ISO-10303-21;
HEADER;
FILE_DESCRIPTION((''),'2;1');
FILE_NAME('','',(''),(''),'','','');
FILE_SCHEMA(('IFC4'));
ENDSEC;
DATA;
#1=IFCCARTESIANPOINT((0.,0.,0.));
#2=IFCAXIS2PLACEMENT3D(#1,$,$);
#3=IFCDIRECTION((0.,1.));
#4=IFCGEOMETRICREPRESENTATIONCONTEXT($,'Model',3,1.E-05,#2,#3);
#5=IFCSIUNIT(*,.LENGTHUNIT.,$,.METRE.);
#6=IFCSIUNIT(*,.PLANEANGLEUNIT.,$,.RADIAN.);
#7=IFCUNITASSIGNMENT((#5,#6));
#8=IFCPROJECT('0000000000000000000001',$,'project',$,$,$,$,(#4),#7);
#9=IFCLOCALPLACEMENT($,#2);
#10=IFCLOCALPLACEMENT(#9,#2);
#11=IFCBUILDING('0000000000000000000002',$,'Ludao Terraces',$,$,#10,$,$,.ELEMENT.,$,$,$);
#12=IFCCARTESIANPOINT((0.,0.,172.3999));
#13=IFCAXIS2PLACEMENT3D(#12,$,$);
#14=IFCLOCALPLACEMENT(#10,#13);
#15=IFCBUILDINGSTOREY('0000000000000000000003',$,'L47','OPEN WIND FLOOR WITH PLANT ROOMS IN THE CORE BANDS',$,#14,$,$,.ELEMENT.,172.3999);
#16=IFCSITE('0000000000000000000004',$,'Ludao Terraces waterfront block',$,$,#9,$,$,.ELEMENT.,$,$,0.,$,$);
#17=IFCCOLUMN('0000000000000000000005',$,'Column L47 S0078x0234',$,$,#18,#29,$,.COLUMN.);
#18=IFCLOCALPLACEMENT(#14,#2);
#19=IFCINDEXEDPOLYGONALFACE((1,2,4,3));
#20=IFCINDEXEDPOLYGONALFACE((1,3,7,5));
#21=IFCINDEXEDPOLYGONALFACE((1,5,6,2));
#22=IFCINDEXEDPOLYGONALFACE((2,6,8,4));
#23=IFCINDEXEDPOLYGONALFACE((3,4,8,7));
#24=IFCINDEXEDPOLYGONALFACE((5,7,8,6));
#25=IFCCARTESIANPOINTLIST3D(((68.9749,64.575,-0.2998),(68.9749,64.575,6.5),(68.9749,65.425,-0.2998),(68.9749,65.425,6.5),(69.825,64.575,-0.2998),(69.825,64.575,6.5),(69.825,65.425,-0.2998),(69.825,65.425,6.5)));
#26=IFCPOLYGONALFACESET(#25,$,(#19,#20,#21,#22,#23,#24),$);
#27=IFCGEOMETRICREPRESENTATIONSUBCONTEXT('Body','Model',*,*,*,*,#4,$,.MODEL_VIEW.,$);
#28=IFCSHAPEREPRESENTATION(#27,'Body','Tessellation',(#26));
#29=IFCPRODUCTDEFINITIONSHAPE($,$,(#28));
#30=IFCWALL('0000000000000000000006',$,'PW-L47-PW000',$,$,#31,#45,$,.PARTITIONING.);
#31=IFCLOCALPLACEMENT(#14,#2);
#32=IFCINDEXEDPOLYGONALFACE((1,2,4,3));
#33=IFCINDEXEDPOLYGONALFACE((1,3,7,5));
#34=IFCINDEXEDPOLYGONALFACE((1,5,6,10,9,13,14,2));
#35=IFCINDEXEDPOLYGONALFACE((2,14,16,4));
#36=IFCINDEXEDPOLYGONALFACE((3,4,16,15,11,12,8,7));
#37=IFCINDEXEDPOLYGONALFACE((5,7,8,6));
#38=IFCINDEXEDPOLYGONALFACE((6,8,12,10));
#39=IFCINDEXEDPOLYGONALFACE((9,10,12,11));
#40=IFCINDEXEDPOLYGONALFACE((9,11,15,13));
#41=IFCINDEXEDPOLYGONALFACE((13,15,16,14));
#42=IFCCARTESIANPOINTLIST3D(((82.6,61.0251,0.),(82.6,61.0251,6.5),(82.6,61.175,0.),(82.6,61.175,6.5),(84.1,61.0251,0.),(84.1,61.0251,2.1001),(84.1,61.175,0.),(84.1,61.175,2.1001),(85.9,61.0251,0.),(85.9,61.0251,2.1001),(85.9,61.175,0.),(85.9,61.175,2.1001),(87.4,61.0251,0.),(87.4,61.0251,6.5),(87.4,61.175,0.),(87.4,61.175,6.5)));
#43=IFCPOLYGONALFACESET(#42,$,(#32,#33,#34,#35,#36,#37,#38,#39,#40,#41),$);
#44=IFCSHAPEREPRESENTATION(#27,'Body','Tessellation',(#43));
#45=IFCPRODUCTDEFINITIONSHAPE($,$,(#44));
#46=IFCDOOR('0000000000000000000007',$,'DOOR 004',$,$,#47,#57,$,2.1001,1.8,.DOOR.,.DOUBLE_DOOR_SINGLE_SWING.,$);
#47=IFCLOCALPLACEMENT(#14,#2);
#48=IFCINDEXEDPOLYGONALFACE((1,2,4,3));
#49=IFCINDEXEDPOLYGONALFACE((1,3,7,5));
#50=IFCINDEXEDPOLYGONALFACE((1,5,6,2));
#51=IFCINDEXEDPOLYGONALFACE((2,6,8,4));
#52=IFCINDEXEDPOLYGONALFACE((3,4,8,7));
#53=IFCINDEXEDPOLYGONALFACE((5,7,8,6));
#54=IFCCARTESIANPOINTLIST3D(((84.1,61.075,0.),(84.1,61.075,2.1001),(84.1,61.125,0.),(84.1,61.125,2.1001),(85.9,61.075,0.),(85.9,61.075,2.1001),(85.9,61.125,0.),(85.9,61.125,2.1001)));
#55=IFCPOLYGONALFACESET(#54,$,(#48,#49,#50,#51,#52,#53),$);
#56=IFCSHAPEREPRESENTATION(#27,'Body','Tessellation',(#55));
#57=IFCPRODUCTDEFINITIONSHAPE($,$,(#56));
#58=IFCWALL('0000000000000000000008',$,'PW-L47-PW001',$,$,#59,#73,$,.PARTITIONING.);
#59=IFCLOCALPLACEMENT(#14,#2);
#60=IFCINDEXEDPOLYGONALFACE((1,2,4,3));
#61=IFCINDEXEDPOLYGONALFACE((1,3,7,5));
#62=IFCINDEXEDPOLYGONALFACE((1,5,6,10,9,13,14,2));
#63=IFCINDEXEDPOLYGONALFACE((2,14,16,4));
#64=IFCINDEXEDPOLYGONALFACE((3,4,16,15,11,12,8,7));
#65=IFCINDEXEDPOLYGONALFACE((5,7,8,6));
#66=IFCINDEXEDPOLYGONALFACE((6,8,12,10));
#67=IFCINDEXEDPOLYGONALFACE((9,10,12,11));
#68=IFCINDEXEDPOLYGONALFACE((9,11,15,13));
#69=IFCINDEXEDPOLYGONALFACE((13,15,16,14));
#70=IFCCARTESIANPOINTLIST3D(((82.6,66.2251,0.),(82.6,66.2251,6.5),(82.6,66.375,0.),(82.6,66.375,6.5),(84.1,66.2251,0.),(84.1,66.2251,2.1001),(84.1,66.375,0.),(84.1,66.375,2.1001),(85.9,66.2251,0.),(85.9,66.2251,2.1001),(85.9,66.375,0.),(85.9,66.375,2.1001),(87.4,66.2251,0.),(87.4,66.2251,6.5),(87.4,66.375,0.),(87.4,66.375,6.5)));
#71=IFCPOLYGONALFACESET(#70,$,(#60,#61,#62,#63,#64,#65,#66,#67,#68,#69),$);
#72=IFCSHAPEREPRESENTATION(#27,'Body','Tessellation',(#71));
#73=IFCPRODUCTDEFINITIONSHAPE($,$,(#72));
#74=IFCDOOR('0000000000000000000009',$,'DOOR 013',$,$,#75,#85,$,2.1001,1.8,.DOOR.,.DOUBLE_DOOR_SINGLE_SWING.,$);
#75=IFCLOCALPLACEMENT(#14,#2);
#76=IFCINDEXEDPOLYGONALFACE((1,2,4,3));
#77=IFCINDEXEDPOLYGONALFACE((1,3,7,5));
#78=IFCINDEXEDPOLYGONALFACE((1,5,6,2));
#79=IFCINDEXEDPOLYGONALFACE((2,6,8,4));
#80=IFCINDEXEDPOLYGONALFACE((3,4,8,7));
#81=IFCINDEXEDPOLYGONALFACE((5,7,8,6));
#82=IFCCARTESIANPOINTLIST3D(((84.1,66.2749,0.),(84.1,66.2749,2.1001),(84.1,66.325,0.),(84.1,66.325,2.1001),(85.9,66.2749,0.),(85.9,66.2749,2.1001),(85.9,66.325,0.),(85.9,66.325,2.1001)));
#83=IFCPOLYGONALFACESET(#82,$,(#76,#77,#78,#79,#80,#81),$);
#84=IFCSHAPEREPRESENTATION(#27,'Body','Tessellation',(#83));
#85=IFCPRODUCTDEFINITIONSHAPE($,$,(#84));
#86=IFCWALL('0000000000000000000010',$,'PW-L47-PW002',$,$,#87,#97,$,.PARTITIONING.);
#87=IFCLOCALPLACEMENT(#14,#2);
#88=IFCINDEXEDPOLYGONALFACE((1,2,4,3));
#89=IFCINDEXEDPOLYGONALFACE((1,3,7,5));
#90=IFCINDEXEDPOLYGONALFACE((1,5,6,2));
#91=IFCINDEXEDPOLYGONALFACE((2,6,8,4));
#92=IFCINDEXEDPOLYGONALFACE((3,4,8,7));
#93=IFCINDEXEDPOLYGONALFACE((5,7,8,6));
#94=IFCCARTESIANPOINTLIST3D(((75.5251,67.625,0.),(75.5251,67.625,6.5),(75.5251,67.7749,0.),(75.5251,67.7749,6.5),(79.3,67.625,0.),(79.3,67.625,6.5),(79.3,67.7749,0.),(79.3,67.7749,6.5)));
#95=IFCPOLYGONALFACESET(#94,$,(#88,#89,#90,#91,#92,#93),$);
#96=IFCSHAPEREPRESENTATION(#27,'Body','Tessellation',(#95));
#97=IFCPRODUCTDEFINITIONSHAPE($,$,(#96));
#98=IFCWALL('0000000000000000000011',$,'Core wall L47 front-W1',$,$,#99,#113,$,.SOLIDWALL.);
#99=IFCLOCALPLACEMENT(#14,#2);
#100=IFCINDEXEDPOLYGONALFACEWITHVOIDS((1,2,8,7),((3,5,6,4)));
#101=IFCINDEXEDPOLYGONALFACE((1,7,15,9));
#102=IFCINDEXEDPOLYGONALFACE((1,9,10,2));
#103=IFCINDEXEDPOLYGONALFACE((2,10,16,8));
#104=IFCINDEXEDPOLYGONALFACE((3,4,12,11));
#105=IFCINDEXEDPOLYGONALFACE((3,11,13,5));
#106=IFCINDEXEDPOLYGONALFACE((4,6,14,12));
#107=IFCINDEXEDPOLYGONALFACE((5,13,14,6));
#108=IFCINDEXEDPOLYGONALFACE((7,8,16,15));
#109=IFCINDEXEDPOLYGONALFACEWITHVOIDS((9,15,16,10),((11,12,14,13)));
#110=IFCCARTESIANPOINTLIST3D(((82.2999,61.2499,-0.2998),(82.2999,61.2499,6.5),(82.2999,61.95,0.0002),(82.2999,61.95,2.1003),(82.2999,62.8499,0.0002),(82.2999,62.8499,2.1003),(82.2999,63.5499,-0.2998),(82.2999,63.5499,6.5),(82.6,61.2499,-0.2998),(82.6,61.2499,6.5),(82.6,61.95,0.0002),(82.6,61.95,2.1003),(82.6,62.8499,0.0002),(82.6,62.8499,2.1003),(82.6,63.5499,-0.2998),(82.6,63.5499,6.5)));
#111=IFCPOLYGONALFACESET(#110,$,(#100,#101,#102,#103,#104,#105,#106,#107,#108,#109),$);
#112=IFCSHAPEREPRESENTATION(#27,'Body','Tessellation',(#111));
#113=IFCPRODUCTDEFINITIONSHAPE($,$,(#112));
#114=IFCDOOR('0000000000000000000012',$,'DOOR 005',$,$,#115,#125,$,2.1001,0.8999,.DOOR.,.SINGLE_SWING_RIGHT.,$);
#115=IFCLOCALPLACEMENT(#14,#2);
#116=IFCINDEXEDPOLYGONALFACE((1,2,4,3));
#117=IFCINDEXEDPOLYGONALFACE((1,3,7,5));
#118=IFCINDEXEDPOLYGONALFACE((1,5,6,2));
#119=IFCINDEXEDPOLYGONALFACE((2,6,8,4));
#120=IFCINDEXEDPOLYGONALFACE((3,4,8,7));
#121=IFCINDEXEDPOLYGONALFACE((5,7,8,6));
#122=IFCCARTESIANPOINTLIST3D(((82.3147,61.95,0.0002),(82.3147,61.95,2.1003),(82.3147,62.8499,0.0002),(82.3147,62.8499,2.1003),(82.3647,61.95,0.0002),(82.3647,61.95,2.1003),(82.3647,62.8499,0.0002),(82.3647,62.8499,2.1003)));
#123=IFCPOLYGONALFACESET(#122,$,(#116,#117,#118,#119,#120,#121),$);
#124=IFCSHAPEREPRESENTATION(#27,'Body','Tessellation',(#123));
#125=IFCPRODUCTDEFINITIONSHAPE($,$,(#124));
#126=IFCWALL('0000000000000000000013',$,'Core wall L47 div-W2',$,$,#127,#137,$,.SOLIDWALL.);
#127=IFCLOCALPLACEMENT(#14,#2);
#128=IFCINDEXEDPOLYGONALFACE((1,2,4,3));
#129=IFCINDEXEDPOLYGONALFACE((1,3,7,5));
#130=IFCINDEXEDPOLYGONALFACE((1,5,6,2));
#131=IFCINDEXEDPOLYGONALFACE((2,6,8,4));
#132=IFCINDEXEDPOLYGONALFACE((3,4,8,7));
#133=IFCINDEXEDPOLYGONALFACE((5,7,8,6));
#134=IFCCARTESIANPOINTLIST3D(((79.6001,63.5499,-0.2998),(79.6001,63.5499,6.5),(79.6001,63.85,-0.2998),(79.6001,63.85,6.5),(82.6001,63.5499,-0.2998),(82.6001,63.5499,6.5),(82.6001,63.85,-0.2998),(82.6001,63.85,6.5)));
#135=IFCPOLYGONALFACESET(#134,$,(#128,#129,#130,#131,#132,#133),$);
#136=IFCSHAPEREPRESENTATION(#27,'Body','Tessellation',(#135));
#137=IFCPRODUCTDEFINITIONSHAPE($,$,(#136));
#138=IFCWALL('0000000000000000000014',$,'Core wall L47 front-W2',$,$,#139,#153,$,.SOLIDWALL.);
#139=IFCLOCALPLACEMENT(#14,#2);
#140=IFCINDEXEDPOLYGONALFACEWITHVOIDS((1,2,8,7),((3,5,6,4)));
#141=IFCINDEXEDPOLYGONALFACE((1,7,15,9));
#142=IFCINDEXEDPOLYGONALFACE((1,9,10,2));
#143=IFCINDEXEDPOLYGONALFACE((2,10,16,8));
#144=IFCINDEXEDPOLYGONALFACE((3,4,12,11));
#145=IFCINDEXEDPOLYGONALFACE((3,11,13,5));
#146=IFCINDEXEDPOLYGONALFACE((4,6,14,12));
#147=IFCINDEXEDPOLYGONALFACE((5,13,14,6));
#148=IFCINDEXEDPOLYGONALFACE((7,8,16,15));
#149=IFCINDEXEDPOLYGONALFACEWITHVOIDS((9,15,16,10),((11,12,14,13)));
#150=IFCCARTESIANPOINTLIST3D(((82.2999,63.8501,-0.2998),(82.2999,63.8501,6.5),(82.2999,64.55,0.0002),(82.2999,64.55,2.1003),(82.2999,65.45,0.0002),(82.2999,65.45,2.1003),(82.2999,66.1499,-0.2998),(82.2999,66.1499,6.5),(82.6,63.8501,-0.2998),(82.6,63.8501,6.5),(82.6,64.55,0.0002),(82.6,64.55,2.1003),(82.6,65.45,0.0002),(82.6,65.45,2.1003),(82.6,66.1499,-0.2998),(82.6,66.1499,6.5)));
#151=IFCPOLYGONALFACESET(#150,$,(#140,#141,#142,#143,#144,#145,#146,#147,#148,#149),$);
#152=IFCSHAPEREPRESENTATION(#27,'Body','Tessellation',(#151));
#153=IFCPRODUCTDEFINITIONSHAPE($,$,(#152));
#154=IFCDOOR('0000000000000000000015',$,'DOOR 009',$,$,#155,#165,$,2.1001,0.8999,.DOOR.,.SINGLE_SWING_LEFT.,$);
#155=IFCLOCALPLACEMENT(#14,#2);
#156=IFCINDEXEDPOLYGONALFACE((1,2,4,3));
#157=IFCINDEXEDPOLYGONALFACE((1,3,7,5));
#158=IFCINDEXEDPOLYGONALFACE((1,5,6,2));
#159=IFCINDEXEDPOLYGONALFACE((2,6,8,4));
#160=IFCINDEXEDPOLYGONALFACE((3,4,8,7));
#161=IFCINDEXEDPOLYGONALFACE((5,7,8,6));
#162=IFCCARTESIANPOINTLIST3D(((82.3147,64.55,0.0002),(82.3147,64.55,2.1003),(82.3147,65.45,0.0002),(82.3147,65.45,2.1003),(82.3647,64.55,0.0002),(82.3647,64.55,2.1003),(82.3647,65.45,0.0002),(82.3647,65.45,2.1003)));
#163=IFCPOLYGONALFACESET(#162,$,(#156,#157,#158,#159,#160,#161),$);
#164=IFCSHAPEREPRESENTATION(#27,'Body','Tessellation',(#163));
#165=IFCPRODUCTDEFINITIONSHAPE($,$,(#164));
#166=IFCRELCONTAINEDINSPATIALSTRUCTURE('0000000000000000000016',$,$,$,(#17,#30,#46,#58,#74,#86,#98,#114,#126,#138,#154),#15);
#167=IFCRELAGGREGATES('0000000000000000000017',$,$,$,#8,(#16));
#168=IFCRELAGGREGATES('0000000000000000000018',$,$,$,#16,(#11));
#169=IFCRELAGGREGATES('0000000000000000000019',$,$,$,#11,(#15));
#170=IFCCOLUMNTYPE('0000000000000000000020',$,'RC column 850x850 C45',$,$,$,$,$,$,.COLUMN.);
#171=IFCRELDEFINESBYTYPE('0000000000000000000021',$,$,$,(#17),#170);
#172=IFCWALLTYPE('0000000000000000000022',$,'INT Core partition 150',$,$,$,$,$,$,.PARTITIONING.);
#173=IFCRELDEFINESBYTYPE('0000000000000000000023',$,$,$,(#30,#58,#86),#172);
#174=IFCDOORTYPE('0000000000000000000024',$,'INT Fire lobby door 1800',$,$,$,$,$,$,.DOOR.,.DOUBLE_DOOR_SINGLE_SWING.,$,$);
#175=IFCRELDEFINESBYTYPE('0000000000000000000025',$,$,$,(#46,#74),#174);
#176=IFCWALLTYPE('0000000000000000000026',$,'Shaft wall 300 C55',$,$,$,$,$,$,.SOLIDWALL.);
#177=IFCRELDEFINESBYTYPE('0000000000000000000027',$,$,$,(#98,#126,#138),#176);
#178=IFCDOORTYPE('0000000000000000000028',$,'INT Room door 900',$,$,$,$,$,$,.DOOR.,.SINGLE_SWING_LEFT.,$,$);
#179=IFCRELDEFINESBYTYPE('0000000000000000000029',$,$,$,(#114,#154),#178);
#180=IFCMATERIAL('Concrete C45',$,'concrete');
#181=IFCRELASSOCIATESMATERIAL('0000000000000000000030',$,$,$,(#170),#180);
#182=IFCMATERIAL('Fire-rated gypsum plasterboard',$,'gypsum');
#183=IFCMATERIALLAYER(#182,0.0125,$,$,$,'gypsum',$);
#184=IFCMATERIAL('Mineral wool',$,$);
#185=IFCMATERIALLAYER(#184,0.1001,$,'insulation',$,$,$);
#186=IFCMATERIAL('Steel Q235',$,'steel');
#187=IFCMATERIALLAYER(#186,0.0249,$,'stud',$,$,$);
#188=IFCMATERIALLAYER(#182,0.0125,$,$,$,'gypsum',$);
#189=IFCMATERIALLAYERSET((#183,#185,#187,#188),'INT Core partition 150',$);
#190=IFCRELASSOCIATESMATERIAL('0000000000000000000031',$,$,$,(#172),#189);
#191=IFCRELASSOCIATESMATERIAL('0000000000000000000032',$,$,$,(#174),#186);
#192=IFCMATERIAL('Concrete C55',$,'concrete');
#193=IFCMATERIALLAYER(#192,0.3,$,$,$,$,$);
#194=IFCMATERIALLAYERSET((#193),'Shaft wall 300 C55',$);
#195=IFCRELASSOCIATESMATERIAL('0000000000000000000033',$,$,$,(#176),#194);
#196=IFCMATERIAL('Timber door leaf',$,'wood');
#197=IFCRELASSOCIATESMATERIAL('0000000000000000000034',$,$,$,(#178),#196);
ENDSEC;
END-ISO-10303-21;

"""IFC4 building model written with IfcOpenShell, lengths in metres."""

from ifc_helpers import new_model, si_unit, direction, frame, frame_2d, origin, origin_2d, place, context, subcontext, project, spatial, rectangle, extrude, material, layer, layer_set, material_profile, profile_set, type_object, element, fill, save


model = new_model("IFC4")

# Units and contexts
model_context = context("Model", 3, precision=1e-05, world=origin(), true_north=direction((0.0, 1.0)))
body_context = subcontext(model_context, "Body", "Model", "MODEL_VIEW")
ifc_project = project(units=[si_unit("LENGTHUNIT", "METRE"), si_unit("PLANEANGLEUNIT", "RADIAN")], contexts=[model_context])

# Site, building, storey
site_placement = place(None, origin())
site = spatial("IfcSite", under=ifc_project, at=site_placement, Name="Ludao Terraces waterfront block", CompositionType="ELEMENT", RefElevation=0.0)
building_placement = place(site_placement, origin())
building = spatial("IfcBuilding", under=site, at=building_placement, Name="Ludao Terraces", CompositionType="ELEMENT")
storey_placement = place(building_placement, frame((0.0, 0.0, 172.3999)))
storey = spatial("IfcBuildingStorey", under=building, at=storey_placement, Name="L47", Description="OPEN WIND FLOOR WITH PLANT ROOMS IN THE CORE BANDS", CompositionType="ELEMENT", Elevation=172.3999)

# Column
ifc_material_1 = material(Name="Concrete C45", Category="concrete")
ifc_material_profile = material_profile(ifc_material_1, rectangle(XDim=0.8501, YDim=0.8501, at=origin_2d()), Name="850 X 850")
ifc_profile_set = profile_set([ifc_material_profile], Name="Concrete C45")
column_type = type_object("IfcColumnType", Name="RC column 850x850 C45", PredefinedType="COLUMN", material=ifc_profile_set)
column_placement = place(storey_placement, frame((69.3999, 65.0, -0.2998), z_axis=(0.0, 0.0, 1.0), x_axis=(1.0, 0.0, 0.0)))
element("IfcColumn", 1, at=column_placement, inside=storey, type_object=column_type, Name="Column L47 S0078x0234", PredefinedType="COLUMN", context=body_context, shape_type="SweptSolid", body=[
    extrude(rectangle(XDim=0.8501, YDim=0.8501, at=origin_2d()), origin(), (0.0, 0.0, 1.0), 6.7998),
])

# Walls, openings, doors
ifc_material_2 = material(Name="Fire-rated gypsum plasterboard", Category="gypsum")
ifc_layer_1 = layer(ifc_material_2, 0.0125, Category="gypsum")
ifc_material_3 = material(Name="Mineral wool")
ifc_layer_2 = layer(ifc_material_3, 0.1001, Name="insulation")
ifc_material_4 = material(Name="Steel Q235", Category="steel")
ifc_layer_3 = layer(ifc_material_4, 0.0249, Name="stud")
ifc_layer_4 = layer(ifc_material_2, 0.0125, Category="gypsum")
ifc_layer_set_1 = layer_set([ifc_layer_1, ifc_layer_2, ifc_layer_3, ifc_layer_4], Name="INT Core partition 150")
wall_type_1 = type_object("IfcWallType", Name="INT Core partition 150", PredefinedType="PARTITIONING", material=ifc_layer_set_1)
wall_1_placement = place(storey_placement, frame((82.6001, 61.1001, 0.0), z_axis=(0.0, 0.0, 1.0), x_axis=(1.0, 0.0, 0.0)))
wall_1 = element("IfcWall", 2, at=wall_1_placement, inside=storey, type_object=wall_type_1, Name="PW-L47-PW000", PredefinedType="PARTITIONING", context=body_context, shape_type="SweptSolid", body=[
    extrude(rectangle(XDim=4.8, YDim=0.1499, at=frame_2d((2.3999, 0.0))), origin(), (0.0, 0.0, 1.0), 6.5),
])
opening_1_placement = place(wall_1_placement, frame((1.5, 0.0, 0.0)))
opening_1 = element("IfcOpeningElement", 3, at=opening_1_placement, cuts=wall_1, PredefinedType="OPENING", context=body_context, shape_type="SweptSolid", body=[
    extrude(rectangle(XDim=1.8, YDim=2.1001, at=frame_2d((0.8999, 1.05))), frame((0.0, 0.085, 0.0), z_axis=(0.0, -1.0, 0.0), x_axis=(1.0, 0.0, 0.0)), (0.0, 0.0, 1.0), 0.1699),
])
door_type_1 = type_object("IfcDoorType", Name="INT Fire lobby door 1800", OperationType="DOUBLE_DOOR_SINGLE_SWING", PredefinedType="DOOR", material=ifc_material_4)
door_1_placement = place(opening_1_placement, origin())
door_1 = element("IfcDoor", 4, at=door_1_placement, inside=storey, type_object=door_type_1, Name="DOOR 004", OperationType="DOUBLE_DOOR_SINGLE_SWING", OverallHeight=2.1001, OverallWidth=1.8, PredefinedType="DOOR", context=body_context, shape_type="SweptSolid", body=[
    extrude(rectangle(XDim=1.8, YDim=2.1001, at=frame_2d((0.8999, 1.05))), frame((0.0, 0.0249, 0.0), z_axis=(0.0, -1.0, 0.0), x_axis=(1.0, 0.0, 0.0)), (0.0, 0.0, 1.0), 0.05),
])
fill(opening_1, door_1)
wall_2_placement = place(storey_placement, frame((82.6001, 66.3, 0.0), z_axis=(0.0, 0.0, 1.0), x_axis=(1.0, 0.0, 0.0)))
wall_2 = element("IfcWall", 5, at=wall_2_placement, inside=storey, type_object=wall_type_1, Name="PW-L47-PW001", PredefinedType="PARTITIONING", context=body_context, shape_type="SweptSolid", body=[
    extrude(rectangle(XDim=4.8, YDim=0.1499, at=frame_2d((2.3999, 0.0))), origin(), (0.0, 0.0, 1.0), 6.5),
])
opening_2_placement = place(wall_2_placement, frame((1.5, 0.0, 0.0)))
opening_2 = element("IfcOpeningElement", 6, at=opening_2_placement, cuts=wall_2, PredefinedType="OPENING", context=body_context, shape_type="SweptSolid", body=[
    extrude(rectangle(XDim=1.8, YDim=2.1001, at=frame_2d((0.8999, 1.05))), frame((0.0, 0.085, 0.0), z_axis=(0.0, -1.0, 0.0), x_axis=(1.0, 0.0, 0.0)), (0.0, 0.0, 1.0), 0.1699),
])
door_2_placement = place(opening_2_placement, origin())
door_2 = element("IfcDoor", 7, at=door_2_placement, inside=storey, type_object=door_type_1, Name="DOOR 013", OperationType="DOUBLE_DOOR_SINGLE_SWING", OverallHeight=2.1001, OverallWidth=1.8, PredefinedType="DOOR", context=body_context, shape_type="SweptSolid", body=[
    extrude(rectangle(XDim=1.8, YDim=2.1001, at=frame_2d((0.8999, 1.05))), frame((0.0, 0.0249, 0.0), z_axis=(0.0, -1.0, 0.0), x_axis=(1.0, 0.0, 0.0)), (0.0, 0.0, 1.0), 0.05),
])
fill(opening_2, door_2)

# Wall
wall_3_placement = place(storey_placement, frame((75.5251, 67.7, 0.0), z_axis=(0.0, 0.0, 1.0), x_axis=(1.0, 0.0, 0.0)))
element("IfcWall", 8, at=wall_3_placement, inside=storey, type_object=wall_type_1, Name="PW-L47-PW002", PredefinedType="PARTITIONING", context=body_context, shape_type="SweptSolid", body=[
    extrude(rectangle(XDim=3.7749, YDim=0.1499, at=frame_2d((1.8875, 0.0))), origin(), (0.0, 0.0, 1.0), 6.5),
])

# Wall, opening, door
ifc_material_5 = material(Name="Concrete C55", Category="concrete")
ifc_layer_5 = layer(ifc_material_5, 0.3)
ifc_layer_set_2 = layer_set([ifc_layer_5], Name="Shaft wall 300 C55")
wall_type_2 = type_object("IfcWallType", Name="Shaft wall 300 C55", PredefinedType="SOLIDWALL", material=ifc_layer_set_2)
wall_4_placement = place(storey_placement, frame((82.45, 61.25, -0.2998), z_axis=(0.0, 0.0, 1.0), x_axis=(0.0, 1.0, 0.0)))
wall_4 = element("IfcWall", 9, at=wall_4_placement, inside=storey, type_object=wall_type_2, Name="Core wall L47 front-W1", PredefinedType="SOLIDWALL", context=body_context, shape_type="SweptSolid", body=[
    extrude(rectangle(XDim=2.3, YDim=0.3, at=frame_2d((1.1499, 0.0))), origin(), (0.0, 0.0, 1.0), 6.7998),
])
opening_3_placement = place(wall_4_placement, frame((0.7, 0.0, 0.3)))
opening_3 = element("IfcOpeningElement", 10, at=opening_3_placement, cuts=wall_4, PredefinedType="OPENING", context=body_context, shape_type="SweptSolid", body=[
    extrude(rectangle(XDim=0.8999, YDim=2.1001, at=frame_2d((0.45, 1.05))), frame((0.0, 0.1602, 0.0), z_axis=(0.0, -1.0, 0.0), x_axis=(1.0, 0.0, 0.0)), (0.0, 0.0, 1.0), 0.3201),
])
ifc_material_6 = material(Name="Timber door leaf", Category="wood")
door_type_2 = type_object("IfcDoorType", Name="INT Room door 900", OperationType="SINGLE_SWING_LEFT", PredefinedType="DOOR", material=ifc_material_6)
door_3_placement = place(opening_3_placement, origin())
door_3 = element("IfcDoor", 11, at=door_3_placement, inside=storey, type_object=door_type_2, Name="DOOR 005", OperationType="SINGLE_SWING_RIGHT", OverallHeight=2.1001, OverallWidth=0.8999, PredefinedType="DOOR", context=body_context, shape_type="SweptSolid", body=[
    extrude(rectangle(XDim=0.8999, YDim=2.1001, at=frame_2d((0.45, 1.05))), frame((0.0, 0.1353, 0.0), z_axis=(0.0, -1.0, 0.0), x_axis=(1.0, 0.0, 0.0)), (0.0, 0.0, 1.0), 0.05),
])
fill(opening_3, door_3)

# Wall
wall_5_placement = place(storey_placement, frame((79.6001, 63.7, -0.2998), z_axis=(0.0, 0.0, 1.0), x_axis=(1.0, 0.0, 0.0)))
element("IfcWall", 12, at=wall_5_placement, inside=storey, type_object=wall_type_2, Name="Core wall L47 div-W2", PredefinedType="SOLIDWALL", context=body_context, shape_type="SweptSolid", body=[
    extrude(rectangle(XDim=3.0, YDim=0.3, at=frame_2d((1.5, 0.0))), origin(), (0.0, 0.0, 1.0), 6.7998),
])

# Wall, opening, door
wall_6_placement = place(storey_placement, frame((82.45, 63.8501, -0.2998), z_axis=(0.0, 0.0, 1.0), x_axis=(0.0, 1.0, 0.0)))
wall_6 = element("IfcWall", 13, at=wall_6_placement, inside=storey, type_object=wall_type_2, Name="Core wall L47 front-W2", PredefinedType="SOLIDWALL", context=body_context, shape_type="SweptSolid", body=[
    extrude(rectangle(XDim=2.2998, YDim=0.3, at=frame_2d((1.1499, 0.0))), origin(), (0.0, 0.0, 1.0), 6.7998),
])
opening_4_placement = place(wall_6_placement, frame((0.7, 0.0, 0.3)))
opening_4 = element("IfcOpeningElement", 14, at=opening_4_placement, cuts=wall_6, PredefinedType="OPENING", context=body_context, shape_type="SweptSolid", body=[
    extrude(rectangle(XDim=0.8999, YDim=2.1001, at=frame_2d((0.45, 1.05))), frame((0.0, 0.1602, 0.0), z_axis=(0.0, -1.0, 0.0), x_axis=(1.0, 0.0, 0.0)), (0.0, 0.0, 1.0), 0.3201),
])
door_4_placement = place(opening_4_placement, origin())
door_4 = element("IfcDoor", 15, at=door_4_placement, inside=storey, type_object=door_type_2, Name="DOOR 009", OperationType="SINGLE_SWING_LEFT", OverallHeight=2.1001, OverallWidth=0.8999, PredefinedType="DOOR", context=body_context, shape_type="SweptSolid", body=[
    extrude(rectangle(XDim=0.8999, YDim=2.1001, at=frame_2d((0.45, 1.05))), frame((0.0, 0.1353, 0.0), z_axis=(0.0, -1.0, 0.0), x_axis=(1.0, 0.0, 0.0)), (0.0, 0.0, 1.0), 0.05),
])
fill(opening_4, door_4)

save(model, "model.ifc")
